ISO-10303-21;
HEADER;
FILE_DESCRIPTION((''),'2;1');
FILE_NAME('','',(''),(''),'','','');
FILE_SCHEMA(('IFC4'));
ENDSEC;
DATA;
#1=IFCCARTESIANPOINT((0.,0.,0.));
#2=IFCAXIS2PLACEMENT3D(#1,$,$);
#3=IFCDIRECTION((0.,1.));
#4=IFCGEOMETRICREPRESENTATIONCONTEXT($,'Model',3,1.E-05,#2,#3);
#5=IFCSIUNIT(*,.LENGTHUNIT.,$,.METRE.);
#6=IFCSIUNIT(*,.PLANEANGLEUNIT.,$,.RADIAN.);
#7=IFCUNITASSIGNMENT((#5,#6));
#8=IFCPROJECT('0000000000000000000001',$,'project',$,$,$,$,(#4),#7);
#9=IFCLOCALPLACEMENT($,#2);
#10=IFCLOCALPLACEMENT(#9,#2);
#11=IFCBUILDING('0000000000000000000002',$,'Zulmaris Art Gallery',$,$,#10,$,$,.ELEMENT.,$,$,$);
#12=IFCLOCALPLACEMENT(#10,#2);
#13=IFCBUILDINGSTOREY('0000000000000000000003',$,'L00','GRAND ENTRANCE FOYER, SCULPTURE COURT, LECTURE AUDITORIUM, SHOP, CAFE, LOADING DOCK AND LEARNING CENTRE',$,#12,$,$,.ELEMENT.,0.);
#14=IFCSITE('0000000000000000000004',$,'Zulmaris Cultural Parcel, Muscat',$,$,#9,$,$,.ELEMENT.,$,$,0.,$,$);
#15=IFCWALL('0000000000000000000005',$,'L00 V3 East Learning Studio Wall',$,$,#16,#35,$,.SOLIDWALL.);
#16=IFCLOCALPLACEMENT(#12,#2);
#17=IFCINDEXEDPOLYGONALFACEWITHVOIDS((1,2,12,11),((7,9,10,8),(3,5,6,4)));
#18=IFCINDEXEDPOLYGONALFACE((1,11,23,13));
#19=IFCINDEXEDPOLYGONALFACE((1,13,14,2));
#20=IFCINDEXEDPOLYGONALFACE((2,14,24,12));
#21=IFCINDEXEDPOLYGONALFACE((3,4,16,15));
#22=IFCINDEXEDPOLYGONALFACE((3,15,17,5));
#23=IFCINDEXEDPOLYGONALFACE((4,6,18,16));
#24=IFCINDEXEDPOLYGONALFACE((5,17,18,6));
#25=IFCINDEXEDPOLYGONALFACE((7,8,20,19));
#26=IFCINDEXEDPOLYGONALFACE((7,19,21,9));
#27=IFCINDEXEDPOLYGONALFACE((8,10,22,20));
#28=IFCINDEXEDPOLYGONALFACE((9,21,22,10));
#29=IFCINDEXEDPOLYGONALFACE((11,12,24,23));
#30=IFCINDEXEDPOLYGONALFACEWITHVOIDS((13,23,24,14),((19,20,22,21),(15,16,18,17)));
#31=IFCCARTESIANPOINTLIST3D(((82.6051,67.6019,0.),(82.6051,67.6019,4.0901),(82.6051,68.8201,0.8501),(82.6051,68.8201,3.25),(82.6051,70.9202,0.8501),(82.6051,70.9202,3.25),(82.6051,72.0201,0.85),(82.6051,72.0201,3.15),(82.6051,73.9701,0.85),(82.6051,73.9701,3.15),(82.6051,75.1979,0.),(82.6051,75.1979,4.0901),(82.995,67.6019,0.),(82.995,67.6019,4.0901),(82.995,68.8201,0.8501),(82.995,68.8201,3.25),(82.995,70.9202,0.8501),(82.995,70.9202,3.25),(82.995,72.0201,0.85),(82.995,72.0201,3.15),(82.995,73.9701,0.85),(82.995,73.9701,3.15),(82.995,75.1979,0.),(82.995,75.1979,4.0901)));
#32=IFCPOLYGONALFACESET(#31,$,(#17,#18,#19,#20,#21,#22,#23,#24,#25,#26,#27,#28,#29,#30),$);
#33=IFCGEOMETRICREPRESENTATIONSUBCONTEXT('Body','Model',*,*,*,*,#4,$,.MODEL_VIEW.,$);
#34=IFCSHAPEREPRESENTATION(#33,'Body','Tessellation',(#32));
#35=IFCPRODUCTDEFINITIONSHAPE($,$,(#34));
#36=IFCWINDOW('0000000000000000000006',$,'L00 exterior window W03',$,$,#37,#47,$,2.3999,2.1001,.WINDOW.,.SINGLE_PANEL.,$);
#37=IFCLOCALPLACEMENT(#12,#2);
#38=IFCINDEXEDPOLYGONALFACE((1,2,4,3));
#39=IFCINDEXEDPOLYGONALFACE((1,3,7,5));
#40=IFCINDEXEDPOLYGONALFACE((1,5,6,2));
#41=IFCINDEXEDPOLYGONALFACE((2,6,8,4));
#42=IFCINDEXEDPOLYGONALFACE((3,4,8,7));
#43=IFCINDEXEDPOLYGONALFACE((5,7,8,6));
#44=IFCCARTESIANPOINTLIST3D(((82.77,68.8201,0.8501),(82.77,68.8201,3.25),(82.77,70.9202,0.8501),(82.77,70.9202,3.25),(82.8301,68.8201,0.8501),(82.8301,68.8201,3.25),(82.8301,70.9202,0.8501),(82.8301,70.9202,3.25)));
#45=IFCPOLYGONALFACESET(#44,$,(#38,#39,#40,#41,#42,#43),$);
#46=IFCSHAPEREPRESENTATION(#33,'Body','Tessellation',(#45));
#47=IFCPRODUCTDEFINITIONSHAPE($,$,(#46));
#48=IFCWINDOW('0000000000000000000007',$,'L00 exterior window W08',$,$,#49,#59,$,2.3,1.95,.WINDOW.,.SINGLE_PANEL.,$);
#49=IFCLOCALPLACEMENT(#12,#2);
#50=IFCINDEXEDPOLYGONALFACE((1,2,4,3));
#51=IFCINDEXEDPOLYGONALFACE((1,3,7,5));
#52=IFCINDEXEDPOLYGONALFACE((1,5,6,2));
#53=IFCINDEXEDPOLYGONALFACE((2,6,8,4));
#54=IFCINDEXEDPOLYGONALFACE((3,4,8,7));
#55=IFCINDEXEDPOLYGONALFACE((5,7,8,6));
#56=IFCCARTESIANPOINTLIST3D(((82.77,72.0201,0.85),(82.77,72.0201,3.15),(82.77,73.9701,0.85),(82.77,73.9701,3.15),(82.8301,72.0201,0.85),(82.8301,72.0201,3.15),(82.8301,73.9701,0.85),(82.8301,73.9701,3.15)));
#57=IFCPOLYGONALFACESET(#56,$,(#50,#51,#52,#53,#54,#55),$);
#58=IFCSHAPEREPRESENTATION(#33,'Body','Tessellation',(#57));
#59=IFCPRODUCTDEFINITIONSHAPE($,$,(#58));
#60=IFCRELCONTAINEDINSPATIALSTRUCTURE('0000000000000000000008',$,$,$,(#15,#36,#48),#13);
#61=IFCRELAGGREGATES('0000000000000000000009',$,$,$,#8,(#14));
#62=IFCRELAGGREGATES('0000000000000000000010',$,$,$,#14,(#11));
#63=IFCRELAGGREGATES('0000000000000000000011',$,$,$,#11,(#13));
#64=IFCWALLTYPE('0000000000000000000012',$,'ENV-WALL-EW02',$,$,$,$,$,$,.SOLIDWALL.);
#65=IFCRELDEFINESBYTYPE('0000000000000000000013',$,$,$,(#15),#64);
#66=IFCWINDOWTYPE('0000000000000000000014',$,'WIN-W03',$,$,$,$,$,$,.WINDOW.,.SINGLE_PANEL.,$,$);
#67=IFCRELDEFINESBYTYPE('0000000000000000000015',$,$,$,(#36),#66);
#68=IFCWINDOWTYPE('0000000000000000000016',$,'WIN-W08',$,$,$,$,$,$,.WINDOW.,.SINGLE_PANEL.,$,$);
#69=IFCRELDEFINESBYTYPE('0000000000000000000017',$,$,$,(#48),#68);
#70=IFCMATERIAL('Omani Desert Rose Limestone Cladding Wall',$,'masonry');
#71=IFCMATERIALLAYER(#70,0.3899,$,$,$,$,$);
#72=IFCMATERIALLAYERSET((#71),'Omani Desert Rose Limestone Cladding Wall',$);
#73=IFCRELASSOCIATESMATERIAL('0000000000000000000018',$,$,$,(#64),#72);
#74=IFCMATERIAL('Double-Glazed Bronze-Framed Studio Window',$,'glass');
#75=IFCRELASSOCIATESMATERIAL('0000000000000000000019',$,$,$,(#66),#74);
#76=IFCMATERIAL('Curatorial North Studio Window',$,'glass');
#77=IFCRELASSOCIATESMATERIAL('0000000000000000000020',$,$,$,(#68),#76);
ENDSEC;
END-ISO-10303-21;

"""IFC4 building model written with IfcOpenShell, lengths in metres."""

from ifc_helpers import new_model, si_unit, direction, frame, frame_2d, origin, place, context, subcontext, project, spatial, rectangle, extrude, material, layer, layer_set, type_object, element, fill, save


model = new_model("IFC4")

# Units and contexts
model_context = context("Model", 3, precision=1e-05, world=origin(), true_north=direction((0.0, 1.0)))
body_context = subcontext(model_context, "Body", "Model", "MODEL_VIEW")
ifc_project = project(units=[si_unit("LENGTHUNIT", "METRE"), si_unit("PLANEANGLEUNIT", "RADIAN")], contexts=[model_context])

# Site, building, storey
site_placement = place(None, origin())
site = spatial("IfcSite", under=ifc_project, at=site_placement, Name="Zulmaris Cultural Parcel, Muscat", CompositionType="ELEMENT", RefElevation=0.0)
building_placement = place(site_placement, origin())
building = spatial("IfcBuilding", under=site, at=building_placement, Name="Zulmaris Art Gallery", CompositionType="ELEMENT")
storey_placement = place(building_placement, origin())
storey = spatial("IfcBuildingStorey", under=building, at=storey_placement, Name="L00", Description="GRAND ENTRANCE FOYER, SCULPTURE COURT, LECTURE AUDITORIUM, SHOP, CAFE, LOADING DOCK AND LEARNING CENTRE", CompositionType="ELEMENT", Elevation=0.0)

# Wall, openings, windows
ifc_material_1 = material(Name="Omani Desert Rose Limestone Cladding Wall", Category="masonry")
ifc_layer = layer(ifc_material_1, 0.3899)
ifc_layer_set = layer_set([ifc_layer], Name="Omani Desert Rose Limestone Cladding Wall")
wall_type = type_object("IfcWallType", Name="ENV-WALL-EW02", PredefinedType="SOLIDWALL", material=ifc_layer_set)
wall_placement = place(storey_placement, frame((82.8, 67.6021, 0.0), z_axis=(0.0, 0.0, 1.0), x_axis=(0.0, 1.0, 0.0)))
wall = element("IfcWall", 1, at=wall_placement, inside=storey, type_object=wall_type, Name="L00 V3 East Learning Studio Wall", PredefinedType="SOLIDWALL", context=body_context, shape_type="SweptSolid", body=[
    extrude(rectangle(XDim=7.5959, YDim=0.3899, at=frame_2d((3.7979, 0.0))), origin(), (0.0, 0.0, 1.0), 4.0901),
])
opening_1_placement = place(wall_placement, frame((1.218, 0.0, 0.8501)))
opening_1 = element("IfcOpeningElement", 2, at=opening_1_placement, cuts=wall, PredefinedType="OPENING", context=body_context, shape_type="SweptSolid", body=[
    extrude(rectangle(XDim=2.1001, YDim=2.3999, at=frame_2d((1.05, 1.2))), frame((0.0, 0.2048, 0.0), z_axis=(0.0, -1.0, 0.0), x_axis=(1.0, 0.0, 0.0)), (0.0, 0.0, 1.0), 0.4099),
])
opening_2_placement = place(wall_placement, frame((4.418, 0.0, 0.8501)))
opening_2 = element("IfcOpeningElement", 3, at=opening_2_placement, cuts=wall, PredefinedType="OPENING", context=body_context, shape_type="SweptSolid", body=[
    extrude(rectangle(XDim=1.95, YDim=2.3, at=frame_2d((0.9751, 1.1499))), frame((0.0, 0.2048, 0.0), z_axis=(0.0, -1.0, 0.0), x_axis=(1.0, 0.0, 0.0)), (0.0, 0.0, 1.0), 0.4099),
])
ifc_material_2 = material(Name="Double-Glazed Bronze-Framed Studio Window", Category="glass")
window_type_1 = type_object("IfcWindowType", Name="WIN-W03", PartitioningType="SINGLE_PANEL", PredefinedType="WINDOW", material=ifc_material_2)
window_1_placement = place(opening_1_placement, origin())
window_1 = element("IfcWindow", 4, at=window_1_placement, inside=storey, type_object=window_type_1, Name="L00 exterior window W03", OverallHeight=2.3999, OverallWidth=2.1001, PartitioningType="SINGLE_PANEL", PredefinedType="WINDOW", context=body_context, shape_type="SweptSolid", body=[
    extrude(rectangle(XDim=2.1001, YDim=2.3999, at=frame_2d((1.05, 1.2))), frame((0.0, 0.03, 0.0), z_axis=(0.0, -1.0, 0.0), x_axis=(1.0, 0.0, 0.0)), (0.0, 0.0, 1.0), 0.0601),
])
fill(opening_1, window_1)
ifc_material_3 = material(Name="Curatorial North Studio Window", Category="glass")
window_type_2 = type_object("IfcWindowType", Name="WIN-W08", PartitioningType="SINGLE_PANEL", PredefinedType="WINDOW", material=ifc_material_3)
window_2_placement = place(opening_2_placement, origin())
window_2 = element("IfcWindow", 5, at=window_2_placement, inside=storey, type_object=window_type_2, Name="L00 exterior window W08", OverallHeight=2.3, OverallWidth=1.95, PartitioningType="SINGLE_PANEL", PredefinedType="WINDOW", context=body_context, shape_type="SweptSolid", body=[
    extrude(rectangle(XDim=1.95, YDim=2.3, at=frame_2d((0.9751, 1.1499))), frame((0.0, 0.03, 0.0), z_axis=(0.0, -1.0, 0.0), x_axis=(1.0, 0.0, 0.0)), (0.0, 0.0, 1.0), 0.0601),
])
fill(opening_2, window_2)

save(model, "model.ifc")
